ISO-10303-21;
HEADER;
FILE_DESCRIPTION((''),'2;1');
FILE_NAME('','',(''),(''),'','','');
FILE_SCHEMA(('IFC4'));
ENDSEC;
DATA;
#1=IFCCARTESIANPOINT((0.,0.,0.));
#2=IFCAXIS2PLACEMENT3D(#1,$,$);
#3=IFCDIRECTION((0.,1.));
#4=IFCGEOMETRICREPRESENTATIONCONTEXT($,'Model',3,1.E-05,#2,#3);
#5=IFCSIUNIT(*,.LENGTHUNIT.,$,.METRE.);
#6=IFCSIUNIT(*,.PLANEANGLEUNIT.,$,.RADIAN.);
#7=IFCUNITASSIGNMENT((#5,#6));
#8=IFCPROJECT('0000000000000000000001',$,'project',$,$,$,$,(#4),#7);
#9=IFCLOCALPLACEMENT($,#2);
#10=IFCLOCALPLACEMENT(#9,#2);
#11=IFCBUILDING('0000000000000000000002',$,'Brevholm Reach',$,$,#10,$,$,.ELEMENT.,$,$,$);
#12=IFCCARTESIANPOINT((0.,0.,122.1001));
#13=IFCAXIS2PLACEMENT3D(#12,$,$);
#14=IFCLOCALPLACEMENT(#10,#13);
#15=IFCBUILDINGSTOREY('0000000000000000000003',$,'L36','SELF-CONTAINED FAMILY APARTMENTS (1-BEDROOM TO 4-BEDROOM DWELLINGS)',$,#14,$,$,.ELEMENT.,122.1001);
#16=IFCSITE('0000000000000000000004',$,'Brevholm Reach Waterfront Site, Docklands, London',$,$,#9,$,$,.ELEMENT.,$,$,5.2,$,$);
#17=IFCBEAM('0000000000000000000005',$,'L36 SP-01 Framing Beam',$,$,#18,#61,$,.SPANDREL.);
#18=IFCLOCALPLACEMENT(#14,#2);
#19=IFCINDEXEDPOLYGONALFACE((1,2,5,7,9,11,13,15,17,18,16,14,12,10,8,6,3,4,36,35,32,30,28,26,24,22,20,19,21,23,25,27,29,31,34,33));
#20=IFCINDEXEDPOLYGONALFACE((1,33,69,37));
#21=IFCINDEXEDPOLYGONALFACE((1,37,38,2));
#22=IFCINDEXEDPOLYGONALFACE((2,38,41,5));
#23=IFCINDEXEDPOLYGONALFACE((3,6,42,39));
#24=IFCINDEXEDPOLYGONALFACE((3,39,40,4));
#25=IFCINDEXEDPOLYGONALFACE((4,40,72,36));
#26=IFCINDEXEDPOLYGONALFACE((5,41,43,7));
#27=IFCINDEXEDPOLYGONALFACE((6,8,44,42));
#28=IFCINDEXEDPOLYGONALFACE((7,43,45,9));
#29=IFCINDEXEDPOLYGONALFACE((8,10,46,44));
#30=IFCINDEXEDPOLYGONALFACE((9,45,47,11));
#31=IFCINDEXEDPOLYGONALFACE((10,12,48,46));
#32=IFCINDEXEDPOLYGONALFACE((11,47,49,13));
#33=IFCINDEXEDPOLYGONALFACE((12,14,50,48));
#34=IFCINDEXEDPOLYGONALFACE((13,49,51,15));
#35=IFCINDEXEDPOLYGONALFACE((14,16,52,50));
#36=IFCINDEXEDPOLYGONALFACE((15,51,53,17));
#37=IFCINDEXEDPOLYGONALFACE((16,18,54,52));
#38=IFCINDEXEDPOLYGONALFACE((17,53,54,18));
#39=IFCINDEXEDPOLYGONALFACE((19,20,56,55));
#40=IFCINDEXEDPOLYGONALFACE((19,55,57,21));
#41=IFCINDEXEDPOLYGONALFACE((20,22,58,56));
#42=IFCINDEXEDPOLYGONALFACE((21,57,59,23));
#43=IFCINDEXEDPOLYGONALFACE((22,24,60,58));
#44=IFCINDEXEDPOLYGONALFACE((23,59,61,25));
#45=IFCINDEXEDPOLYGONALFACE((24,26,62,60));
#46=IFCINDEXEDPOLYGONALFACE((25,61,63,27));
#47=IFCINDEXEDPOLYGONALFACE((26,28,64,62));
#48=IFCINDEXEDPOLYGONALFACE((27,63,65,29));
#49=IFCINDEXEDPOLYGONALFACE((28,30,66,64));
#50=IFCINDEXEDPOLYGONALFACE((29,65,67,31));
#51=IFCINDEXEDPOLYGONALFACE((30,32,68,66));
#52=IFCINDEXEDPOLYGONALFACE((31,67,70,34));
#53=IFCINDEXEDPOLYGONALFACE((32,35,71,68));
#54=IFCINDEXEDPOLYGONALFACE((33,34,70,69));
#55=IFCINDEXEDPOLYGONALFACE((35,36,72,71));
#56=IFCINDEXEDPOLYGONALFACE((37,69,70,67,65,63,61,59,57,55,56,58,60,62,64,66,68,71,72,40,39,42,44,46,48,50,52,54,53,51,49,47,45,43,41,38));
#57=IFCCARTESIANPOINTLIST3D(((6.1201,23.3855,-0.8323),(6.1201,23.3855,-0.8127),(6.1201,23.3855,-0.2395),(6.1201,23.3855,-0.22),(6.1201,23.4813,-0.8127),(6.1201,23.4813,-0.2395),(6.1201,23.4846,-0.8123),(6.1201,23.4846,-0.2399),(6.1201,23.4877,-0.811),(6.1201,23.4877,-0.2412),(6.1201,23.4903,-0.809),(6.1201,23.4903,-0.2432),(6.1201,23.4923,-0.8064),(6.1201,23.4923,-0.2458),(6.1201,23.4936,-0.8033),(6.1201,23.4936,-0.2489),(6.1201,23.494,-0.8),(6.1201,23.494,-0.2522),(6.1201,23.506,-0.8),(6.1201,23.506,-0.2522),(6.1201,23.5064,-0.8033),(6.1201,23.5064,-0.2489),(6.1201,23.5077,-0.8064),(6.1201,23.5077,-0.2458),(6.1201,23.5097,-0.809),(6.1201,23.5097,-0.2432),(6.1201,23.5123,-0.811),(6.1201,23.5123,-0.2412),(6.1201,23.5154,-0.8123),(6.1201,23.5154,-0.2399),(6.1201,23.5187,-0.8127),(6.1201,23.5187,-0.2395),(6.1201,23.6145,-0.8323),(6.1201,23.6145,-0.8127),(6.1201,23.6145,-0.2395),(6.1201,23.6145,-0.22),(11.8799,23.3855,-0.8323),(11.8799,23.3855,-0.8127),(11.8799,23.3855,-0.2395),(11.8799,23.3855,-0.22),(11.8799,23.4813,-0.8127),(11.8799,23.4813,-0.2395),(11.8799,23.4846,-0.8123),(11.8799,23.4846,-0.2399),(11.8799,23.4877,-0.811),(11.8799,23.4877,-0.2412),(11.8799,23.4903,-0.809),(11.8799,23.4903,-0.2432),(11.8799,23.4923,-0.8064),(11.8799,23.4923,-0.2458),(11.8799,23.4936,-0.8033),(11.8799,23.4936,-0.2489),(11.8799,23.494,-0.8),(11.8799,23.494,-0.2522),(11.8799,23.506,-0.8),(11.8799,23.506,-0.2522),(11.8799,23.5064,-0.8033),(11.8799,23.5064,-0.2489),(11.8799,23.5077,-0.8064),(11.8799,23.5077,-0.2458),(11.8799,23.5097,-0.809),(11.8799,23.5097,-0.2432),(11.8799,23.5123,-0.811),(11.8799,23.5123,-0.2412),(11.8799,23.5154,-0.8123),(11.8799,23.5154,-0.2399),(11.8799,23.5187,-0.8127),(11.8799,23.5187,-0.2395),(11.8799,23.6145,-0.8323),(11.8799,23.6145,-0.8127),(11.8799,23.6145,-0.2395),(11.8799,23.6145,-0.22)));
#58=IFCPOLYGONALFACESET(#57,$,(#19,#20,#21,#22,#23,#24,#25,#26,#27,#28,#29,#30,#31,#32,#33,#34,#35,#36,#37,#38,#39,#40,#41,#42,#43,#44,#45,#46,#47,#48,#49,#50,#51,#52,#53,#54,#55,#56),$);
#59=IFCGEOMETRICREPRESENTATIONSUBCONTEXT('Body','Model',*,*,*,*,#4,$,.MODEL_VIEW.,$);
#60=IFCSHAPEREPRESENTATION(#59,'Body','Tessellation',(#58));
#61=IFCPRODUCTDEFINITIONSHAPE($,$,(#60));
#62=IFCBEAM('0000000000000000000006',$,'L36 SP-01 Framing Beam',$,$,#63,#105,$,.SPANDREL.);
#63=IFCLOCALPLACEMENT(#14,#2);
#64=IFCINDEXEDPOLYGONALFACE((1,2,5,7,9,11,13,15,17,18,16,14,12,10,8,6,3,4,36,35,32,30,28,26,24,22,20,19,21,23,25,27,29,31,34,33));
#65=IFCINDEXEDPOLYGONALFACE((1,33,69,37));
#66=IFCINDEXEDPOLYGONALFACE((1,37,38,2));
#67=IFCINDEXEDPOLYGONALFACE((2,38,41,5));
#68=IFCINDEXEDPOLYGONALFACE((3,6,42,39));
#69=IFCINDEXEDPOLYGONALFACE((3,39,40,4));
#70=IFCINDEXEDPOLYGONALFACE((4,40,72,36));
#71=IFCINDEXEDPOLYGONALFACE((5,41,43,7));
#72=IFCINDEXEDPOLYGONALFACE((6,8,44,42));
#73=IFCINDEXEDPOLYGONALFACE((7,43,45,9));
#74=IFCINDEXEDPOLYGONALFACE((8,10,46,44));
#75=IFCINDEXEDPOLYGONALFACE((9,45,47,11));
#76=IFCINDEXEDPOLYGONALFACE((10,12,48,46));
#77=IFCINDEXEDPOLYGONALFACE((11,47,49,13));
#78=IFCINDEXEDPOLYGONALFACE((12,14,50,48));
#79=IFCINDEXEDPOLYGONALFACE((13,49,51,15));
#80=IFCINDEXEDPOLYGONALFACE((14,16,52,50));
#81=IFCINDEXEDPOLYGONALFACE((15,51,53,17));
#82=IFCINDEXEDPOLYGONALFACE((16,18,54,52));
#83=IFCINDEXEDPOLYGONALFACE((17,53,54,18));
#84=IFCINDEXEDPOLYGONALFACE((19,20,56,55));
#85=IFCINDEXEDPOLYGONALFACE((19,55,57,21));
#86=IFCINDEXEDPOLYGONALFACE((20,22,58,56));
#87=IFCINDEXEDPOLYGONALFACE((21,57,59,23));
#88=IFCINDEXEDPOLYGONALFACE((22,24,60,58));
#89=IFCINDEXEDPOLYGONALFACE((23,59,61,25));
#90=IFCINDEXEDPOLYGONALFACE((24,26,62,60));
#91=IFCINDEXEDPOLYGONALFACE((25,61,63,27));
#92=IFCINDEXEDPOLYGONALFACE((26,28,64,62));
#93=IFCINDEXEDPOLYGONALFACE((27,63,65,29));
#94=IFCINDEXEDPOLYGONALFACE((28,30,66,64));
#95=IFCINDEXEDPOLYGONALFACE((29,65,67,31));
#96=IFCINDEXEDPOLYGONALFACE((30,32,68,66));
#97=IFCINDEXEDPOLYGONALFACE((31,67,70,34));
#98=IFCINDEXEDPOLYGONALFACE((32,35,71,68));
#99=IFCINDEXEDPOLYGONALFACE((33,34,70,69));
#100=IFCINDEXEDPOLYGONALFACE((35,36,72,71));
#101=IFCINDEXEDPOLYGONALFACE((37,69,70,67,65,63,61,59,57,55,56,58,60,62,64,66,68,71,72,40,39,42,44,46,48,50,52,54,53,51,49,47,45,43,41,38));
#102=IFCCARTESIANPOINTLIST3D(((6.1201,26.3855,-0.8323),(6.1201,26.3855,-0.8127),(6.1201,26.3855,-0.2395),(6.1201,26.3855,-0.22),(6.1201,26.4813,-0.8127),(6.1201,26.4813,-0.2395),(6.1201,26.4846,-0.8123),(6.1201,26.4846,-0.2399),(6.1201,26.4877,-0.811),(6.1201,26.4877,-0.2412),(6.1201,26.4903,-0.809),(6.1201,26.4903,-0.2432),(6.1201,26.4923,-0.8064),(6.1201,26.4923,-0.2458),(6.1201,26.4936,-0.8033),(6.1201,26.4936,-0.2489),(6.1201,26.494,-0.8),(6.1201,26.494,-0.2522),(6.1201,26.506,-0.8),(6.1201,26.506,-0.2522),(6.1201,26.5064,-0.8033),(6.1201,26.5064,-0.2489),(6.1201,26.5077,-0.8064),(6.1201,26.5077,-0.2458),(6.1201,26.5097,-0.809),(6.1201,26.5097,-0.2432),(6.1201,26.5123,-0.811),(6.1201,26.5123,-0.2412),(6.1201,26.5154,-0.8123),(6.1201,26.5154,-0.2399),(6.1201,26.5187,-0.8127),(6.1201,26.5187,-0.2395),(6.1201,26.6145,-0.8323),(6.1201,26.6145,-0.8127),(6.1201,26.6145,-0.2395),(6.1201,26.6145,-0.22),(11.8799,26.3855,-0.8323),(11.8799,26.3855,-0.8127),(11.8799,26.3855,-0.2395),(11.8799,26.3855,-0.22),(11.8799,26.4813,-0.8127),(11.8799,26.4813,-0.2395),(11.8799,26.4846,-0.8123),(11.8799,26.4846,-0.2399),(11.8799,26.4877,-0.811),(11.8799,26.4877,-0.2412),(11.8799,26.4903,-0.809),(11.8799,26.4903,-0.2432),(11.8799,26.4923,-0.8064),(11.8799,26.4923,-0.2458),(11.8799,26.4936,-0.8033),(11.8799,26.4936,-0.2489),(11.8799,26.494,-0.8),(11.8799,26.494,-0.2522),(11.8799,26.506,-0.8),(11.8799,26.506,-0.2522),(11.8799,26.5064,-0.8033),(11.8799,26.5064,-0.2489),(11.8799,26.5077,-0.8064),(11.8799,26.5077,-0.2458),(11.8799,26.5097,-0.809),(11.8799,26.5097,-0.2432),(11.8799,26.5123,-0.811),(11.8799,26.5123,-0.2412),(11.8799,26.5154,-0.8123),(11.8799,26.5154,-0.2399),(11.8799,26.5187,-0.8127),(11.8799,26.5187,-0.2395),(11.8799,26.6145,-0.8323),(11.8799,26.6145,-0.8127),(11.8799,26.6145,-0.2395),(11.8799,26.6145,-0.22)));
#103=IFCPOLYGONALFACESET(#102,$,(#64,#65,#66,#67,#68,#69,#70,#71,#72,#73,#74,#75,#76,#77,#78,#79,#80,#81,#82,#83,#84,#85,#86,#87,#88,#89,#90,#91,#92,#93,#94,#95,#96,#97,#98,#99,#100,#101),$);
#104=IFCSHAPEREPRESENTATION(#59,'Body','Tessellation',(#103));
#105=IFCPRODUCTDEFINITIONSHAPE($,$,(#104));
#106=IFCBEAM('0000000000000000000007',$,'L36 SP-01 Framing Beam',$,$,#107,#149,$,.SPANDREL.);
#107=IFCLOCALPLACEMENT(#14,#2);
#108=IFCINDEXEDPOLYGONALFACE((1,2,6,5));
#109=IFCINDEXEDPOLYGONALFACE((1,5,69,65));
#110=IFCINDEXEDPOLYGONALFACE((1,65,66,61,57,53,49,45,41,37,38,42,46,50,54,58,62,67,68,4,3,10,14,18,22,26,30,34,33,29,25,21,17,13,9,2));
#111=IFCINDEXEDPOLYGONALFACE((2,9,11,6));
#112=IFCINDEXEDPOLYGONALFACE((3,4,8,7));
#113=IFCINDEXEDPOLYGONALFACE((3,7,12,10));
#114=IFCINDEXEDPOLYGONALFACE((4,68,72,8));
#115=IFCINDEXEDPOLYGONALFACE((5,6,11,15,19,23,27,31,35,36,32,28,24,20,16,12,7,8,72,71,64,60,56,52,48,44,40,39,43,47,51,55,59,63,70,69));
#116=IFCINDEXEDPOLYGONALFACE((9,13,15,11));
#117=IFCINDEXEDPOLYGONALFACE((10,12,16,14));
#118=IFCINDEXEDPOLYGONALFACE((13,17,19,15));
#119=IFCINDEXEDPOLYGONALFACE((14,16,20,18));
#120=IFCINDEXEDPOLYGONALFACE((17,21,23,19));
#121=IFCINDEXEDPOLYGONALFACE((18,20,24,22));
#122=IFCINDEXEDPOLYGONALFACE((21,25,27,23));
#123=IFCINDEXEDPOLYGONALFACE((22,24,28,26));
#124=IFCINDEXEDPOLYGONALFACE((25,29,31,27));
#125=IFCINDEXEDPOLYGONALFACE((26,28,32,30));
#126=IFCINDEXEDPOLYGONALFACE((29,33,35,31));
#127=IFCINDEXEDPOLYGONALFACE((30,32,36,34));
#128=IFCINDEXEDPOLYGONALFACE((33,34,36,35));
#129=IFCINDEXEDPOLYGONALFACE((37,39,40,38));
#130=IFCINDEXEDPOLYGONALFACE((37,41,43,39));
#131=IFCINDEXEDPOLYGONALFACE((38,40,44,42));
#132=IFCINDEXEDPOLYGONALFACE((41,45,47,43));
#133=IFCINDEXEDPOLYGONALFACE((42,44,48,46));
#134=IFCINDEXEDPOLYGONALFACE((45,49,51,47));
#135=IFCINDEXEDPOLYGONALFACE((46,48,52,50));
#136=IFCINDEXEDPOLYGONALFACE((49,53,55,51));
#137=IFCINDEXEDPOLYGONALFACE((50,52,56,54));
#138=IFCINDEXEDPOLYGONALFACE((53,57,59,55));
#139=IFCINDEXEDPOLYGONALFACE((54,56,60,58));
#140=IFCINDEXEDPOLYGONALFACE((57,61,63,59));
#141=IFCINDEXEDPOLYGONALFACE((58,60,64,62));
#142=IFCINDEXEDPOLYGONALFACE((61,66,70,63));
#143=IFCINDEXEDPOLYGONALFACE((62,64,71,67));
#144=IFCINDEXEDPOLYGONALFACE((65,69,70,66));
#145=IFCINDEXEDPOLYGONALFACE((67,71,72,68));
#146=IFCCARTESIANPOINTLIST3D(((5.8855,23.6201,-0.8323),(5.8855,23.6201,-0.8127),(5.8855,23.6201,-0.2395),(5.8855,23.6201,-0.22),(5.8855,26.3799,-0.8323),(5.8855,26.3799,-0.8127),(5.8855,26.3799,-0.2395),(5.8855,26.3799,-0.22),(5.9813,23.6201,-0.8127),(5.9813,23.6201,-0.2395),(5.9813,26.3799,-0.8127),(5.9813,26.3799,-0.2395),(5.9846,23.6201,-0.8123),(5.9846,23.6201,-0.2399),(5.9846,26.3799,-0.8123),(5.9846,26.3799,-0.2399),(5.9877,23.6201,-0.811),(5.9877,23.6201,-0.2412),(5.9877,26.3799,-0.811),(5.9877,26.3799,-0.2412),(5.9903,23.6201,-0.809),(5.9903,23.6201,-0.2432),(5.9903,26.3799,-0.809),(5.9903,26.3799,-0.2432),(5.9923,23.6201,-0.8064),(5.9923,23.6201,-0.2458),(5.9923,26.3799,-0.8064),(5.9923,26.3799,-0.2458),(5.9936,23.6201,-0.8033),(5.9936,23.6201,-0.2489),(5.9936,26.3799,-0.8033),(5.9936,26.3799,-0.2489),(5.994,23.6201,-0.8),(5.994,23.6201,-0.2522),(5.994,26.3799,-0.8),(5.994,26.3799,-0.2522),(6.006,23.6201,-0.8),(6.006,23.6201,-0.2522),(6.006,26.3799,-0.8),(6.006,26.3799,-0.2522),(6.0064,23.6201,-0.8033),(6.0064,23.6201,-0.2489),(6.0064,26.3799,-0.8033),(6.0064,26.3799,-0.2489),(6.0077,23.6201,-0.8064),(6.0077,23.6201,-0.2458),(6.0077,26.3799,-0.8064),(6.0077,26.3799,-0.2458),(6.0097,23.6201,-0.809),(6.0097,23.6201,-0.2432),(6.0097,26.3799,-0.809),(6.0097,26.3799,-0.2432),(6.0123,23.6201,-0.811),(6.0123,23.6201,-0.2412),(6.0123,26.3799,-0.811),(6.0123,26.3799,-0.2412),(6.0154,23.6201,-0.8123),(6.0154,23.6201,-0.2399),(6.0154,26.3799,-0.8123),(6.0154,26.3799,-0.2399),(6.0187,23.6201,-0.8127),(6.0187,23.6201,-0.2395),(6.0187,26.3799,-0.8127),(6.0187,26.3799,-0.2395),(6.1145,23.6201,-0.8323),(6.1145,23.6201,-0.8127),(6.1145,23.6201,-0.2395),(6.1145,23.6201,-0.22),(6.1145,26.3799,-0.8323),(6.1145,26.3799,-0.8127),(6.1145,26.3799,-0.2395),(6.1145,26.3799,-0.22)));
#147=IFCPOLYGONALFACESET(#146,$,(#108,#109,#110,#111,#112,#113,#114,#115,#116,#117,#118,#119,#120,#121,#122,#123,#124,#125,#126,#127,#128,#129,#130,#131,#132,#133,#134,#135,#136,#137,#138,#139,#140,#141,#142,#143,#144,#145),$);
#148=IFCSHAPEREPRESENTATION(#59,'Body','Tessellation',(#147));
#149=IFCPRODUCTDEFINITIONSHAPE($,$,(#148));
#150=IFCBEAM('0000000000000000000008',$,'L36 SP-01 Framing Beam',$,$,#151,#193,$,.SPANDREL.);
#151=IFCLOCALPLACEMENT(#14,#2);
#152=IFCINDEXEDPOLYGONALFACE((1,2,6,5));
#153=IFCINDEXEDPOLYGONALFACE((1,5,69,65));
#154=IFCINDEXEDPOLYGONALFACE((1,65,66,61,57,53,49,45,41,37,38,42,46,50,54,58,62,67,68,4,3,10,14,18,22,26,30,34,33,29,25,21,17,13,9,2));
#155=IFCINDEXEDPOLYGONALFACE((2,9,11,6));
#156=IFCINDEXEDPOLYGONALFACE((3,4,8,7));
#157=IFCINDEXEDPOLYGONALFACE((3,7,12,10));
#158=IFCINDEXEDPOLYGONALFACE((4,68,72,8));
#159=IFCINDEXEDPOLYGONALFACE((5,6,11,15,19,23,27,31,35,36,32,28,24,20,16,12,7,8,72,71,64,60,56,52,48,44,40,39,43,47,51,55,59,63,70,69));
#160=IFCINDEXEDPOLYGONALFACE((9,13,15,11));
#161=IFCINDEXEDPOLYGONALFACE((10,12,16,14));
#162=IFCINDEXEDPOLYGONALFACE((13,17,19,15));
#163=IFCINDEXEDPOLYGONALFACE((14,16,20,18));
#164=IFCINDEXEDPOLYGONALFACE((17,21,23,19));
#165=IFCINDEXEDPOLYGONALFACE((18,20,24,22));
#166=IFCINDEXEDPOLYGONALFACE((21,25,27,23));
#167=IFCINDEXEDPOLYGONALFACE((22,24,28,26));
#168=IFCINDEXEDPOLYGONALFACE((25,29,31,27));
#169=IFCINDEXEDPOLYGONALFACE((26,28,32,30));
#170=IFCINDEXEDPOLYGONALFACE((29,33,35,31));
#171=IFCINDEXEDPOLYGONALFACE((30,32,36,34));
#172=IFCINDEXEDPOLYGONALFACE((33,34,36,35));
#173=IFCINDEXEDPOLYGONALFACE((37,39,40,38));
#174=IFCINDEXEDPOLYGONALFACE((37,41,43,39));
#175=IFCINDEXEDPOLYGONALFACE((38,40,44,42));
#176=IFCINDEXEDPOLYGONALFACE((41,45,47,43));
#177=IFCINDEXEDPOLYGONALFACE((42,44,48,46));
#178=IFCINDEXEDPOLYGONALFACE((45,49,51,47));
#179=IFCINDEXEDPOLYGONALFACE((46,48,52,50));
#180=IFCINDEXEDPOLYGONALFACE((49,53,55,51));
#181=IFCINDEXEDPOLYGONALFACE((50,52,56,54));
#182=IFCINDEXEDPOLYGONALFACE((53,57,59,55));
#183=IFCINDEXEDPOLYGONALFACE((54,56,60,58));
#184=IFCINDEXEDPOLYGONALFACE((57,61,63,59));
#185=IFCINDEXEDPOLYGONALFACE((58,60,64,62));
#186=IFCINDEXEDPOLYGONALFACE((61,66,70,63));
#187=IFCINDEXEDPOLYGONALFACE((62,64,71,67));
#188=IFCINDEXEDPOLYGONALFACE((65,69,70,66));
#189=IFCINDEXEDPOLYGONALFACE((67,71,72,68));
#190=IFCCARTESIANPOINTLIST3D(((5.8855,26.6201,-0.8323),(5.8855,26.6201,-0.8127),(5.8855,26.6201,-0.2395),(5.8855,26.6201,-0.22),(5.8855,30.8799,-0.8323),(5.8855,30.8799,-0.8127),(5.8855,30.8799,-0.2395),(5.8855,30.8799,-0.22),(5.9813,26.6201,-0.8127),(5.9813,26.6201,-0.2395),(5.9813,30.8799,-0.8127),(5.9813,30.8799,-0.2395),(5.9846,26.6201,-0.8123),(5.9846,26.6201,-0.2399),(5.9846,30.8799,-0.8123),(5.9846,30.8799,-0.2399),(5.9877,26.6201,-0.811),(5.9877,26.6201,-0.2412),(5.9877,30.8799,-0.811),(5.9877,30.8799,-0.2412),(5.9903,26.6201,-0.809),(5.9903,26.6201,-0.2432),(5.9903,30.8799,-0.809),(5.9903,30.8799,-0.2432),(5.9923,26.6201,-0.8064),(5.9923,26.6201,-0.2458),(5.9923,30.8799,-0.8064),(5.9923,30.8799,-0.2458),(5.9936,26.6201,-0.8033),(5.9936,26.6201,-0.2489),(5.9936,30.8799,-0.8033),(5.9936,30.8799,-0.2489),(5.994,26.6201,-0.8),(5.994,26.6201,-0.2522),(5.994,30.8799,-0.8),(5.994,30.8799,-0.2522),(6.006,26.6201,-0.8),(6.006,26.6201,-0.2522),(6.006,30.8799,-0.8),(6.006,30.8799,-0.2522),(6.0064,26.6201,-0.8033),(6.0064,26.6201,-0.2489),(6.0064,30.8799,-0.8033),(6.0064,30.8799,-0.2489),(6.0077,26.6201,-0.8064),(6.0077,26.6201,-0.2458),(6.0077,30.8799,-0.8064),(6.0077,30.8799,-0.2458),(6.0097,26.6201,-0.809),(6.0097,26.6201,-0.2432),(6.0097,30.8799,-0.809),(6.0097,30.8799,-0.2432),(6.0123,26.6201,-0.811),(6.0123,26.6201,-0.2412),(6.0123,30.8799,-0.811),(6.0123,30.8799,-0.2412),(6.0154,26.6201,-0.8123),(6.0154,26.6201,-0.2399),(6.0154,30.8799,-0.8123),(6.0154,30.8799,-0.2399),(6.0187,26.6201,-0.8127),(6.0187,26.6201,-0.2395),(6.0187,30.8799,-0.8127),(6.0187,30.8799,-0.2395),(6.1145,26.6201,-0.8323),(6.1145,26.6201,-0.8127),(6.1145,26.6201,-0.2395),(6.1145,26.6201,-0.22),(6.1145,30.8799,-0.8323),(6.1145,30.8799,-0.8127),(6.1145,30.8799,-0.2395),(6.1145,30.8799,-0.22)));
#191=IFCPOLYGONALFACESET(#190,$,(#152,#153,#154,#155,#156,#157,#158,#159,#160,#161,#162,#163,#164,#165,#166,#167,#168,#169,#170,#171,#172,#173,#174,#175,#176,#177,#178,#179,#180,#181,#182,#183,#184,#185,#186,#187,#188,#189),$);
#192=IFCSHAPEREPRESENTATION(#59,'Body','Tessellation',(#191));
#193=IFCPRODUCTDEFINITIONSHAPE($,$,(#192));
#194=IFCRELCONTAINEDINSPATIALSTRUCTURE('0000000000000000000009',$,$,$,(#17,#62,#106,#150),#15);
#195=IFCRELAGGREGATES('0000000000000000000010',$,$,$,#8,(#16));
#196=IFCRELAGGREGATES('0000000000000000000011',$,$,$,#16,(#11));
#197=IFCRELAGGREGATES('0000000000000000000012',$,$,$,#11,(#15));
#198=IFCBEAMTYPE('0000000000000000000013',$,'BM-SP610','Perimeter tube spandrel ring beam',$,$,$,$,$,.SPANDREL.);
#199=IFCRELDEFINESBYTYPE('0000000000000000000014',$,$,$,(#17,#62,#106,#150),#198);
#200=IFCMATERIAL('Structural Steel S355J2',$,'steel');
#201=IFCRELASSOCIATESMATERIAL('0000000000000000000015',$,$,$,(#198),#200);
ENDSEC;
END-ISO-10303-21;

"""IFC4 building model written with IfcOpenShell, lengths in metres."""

from ifc_helpers import new_model, si_unit, direction, frame, origin, origin_2d, place, context, subcontext, project, spatial, i_section, extrude, material, material_profile, profile_set, type_object, element, save


model = new_model("IFC4")

# Units and contexts
model_context = context("Model", 3, precision=1e-05, world=origin(), true_north=direction((0.0, 1.0)))
body_context = subcontext(model_context, "Body", "Model", "MODEL_VIEW")
ifc_project = project(units=[si_unit("LENGTHUNIT", "METRE"), si_unit("PLANEANGLEUNIT", "RADIAN")], contexts=[model_context])

# Site, building, storey
site_placement = place(None, origin())
site = spatial("IfcSite", under=ifc_project, at=site_placement, Name="Brevholm Reach Waterfront Site, Docklands, London", CompositionType="ELEMENT", RefElevation=5.2)
building_placement = place(site_placement, origin())
building = spatial("IfcBuilding", under=site, at=building_placement, Name="Brevholm Reach", CompositionType="ELEMENT")
storey_placement = place(building_placement, frame((0.0, 0.0, 122.1001)))
storey = spatial("IfcBuildingStorey", under=building, at=storey_placement, Name="L36", Description="SELF-CONTAINED FAMILY APARTMENTS (1-BEDROOM TO 4-BEDROOM DWELLINGS)", CompositionType="ELEMENT", Elevation=122.1001)

# Beams
ifc_material_1 = material(Name="Structural Steel S355J2", Category="steel")
ifc_material_profile_1 = material_profile(ifc_material_1, i_section(OverallWidth=0.229, OverallDepth=0.6123, WebThickness=0.012, FlangeThickness=0.0195, FilletRadius=0.0127, at=origin_2d()), Name="UKB 610x229x125")
ifc_profile_set_1 = profile_set([ifc_material_profile_1], Name="Structural Steel S355J2")
beam_type_1 = type_object("IfcBeamType", Name="BM-SP610", Description="Perimeter tube spandrel ring beam", PredefinedType="SPANDREL", material=ifc_profile_set_1)
for number, where, z_axis, x_axis, name in (
    (1, (6.1201, 23.5, -0.5261), (1.0, 0.0, 0.0), (0.0, 1.0, 0.0), "L36 SP-01 Framing Beam"),
    (2, (6.1201, 26.5, -0.5261), (1.0, 0.0, 0.0), (0.0, 1.0, 0.0), "L36 SP-01 Framing Beam"),
):
    element("IfcBeam", number, at=place(storey_placement, frame(where, z_axis=z_axis, x_axis=x_axis)), inside=storey, type_object=beam_type_1, Name=name, PredefinedType="SPANDREL", context=body_context, shape_type="SweptSolid", body=[
        extrude(i_section(OverallWidth=0.229, OverallDepth=0.6123, WebThickness=0.012, FlangeThickness=0.0195, FilletRadius=0.0127, at=origin_2d()), origin(), (0.0, 0.0, 1.0), 5.7598),
    ])
beam_1_placement = place(storey_placement, frame((6.0, 23.6201, -0.5261), z_axis=(0.0, 1.0, 0.0), x_axis=(-1.0, 0.0, 0.0)))
element("IfcBeam", 3, at=beam_1_placement, inside=storey, type_object=beam_type_1, Name="L36 SP-01 Framing Beam", PredefinedType="SPANDREL", context=body_context, shape_type="SweptSolid", body=[
    extrude(i_section(OverallWidth=0.229, OverallDepth=0.6123, WebThickness=0.012, FlangeThickness=0.0195, FilletRadius=0.0127, at=origin_2d()), origin(), (0.0, 0.0, 1.0), 2.7598),
])
beam_2_placement = place(storey_placement, frame((6.0, 26.6201, -0.5261), z_axis=(0.0, 1.0, 0.0), x_axis=(-1.0, 0.0, 0.0)))
element("IfcBeam", 4, at=beam_2_placement, inside=storey, type_object=beam_type_1, Name="L36 SP-01 Framing Beam", PredefinedType="SPANDREL", context=body_context, shape_type="SweptSolid", body=[
    extrude(i_section(OverallWidth=0.229, OverallDepth=0.6123, WebThickness=0.012, FlangeThickness=0.0195, FilletRadius=0.0127, at=origin_2d()), origin(), (0.0, 0.0, 1.0), 4.2598),
])

save(model, "model.ifc")
